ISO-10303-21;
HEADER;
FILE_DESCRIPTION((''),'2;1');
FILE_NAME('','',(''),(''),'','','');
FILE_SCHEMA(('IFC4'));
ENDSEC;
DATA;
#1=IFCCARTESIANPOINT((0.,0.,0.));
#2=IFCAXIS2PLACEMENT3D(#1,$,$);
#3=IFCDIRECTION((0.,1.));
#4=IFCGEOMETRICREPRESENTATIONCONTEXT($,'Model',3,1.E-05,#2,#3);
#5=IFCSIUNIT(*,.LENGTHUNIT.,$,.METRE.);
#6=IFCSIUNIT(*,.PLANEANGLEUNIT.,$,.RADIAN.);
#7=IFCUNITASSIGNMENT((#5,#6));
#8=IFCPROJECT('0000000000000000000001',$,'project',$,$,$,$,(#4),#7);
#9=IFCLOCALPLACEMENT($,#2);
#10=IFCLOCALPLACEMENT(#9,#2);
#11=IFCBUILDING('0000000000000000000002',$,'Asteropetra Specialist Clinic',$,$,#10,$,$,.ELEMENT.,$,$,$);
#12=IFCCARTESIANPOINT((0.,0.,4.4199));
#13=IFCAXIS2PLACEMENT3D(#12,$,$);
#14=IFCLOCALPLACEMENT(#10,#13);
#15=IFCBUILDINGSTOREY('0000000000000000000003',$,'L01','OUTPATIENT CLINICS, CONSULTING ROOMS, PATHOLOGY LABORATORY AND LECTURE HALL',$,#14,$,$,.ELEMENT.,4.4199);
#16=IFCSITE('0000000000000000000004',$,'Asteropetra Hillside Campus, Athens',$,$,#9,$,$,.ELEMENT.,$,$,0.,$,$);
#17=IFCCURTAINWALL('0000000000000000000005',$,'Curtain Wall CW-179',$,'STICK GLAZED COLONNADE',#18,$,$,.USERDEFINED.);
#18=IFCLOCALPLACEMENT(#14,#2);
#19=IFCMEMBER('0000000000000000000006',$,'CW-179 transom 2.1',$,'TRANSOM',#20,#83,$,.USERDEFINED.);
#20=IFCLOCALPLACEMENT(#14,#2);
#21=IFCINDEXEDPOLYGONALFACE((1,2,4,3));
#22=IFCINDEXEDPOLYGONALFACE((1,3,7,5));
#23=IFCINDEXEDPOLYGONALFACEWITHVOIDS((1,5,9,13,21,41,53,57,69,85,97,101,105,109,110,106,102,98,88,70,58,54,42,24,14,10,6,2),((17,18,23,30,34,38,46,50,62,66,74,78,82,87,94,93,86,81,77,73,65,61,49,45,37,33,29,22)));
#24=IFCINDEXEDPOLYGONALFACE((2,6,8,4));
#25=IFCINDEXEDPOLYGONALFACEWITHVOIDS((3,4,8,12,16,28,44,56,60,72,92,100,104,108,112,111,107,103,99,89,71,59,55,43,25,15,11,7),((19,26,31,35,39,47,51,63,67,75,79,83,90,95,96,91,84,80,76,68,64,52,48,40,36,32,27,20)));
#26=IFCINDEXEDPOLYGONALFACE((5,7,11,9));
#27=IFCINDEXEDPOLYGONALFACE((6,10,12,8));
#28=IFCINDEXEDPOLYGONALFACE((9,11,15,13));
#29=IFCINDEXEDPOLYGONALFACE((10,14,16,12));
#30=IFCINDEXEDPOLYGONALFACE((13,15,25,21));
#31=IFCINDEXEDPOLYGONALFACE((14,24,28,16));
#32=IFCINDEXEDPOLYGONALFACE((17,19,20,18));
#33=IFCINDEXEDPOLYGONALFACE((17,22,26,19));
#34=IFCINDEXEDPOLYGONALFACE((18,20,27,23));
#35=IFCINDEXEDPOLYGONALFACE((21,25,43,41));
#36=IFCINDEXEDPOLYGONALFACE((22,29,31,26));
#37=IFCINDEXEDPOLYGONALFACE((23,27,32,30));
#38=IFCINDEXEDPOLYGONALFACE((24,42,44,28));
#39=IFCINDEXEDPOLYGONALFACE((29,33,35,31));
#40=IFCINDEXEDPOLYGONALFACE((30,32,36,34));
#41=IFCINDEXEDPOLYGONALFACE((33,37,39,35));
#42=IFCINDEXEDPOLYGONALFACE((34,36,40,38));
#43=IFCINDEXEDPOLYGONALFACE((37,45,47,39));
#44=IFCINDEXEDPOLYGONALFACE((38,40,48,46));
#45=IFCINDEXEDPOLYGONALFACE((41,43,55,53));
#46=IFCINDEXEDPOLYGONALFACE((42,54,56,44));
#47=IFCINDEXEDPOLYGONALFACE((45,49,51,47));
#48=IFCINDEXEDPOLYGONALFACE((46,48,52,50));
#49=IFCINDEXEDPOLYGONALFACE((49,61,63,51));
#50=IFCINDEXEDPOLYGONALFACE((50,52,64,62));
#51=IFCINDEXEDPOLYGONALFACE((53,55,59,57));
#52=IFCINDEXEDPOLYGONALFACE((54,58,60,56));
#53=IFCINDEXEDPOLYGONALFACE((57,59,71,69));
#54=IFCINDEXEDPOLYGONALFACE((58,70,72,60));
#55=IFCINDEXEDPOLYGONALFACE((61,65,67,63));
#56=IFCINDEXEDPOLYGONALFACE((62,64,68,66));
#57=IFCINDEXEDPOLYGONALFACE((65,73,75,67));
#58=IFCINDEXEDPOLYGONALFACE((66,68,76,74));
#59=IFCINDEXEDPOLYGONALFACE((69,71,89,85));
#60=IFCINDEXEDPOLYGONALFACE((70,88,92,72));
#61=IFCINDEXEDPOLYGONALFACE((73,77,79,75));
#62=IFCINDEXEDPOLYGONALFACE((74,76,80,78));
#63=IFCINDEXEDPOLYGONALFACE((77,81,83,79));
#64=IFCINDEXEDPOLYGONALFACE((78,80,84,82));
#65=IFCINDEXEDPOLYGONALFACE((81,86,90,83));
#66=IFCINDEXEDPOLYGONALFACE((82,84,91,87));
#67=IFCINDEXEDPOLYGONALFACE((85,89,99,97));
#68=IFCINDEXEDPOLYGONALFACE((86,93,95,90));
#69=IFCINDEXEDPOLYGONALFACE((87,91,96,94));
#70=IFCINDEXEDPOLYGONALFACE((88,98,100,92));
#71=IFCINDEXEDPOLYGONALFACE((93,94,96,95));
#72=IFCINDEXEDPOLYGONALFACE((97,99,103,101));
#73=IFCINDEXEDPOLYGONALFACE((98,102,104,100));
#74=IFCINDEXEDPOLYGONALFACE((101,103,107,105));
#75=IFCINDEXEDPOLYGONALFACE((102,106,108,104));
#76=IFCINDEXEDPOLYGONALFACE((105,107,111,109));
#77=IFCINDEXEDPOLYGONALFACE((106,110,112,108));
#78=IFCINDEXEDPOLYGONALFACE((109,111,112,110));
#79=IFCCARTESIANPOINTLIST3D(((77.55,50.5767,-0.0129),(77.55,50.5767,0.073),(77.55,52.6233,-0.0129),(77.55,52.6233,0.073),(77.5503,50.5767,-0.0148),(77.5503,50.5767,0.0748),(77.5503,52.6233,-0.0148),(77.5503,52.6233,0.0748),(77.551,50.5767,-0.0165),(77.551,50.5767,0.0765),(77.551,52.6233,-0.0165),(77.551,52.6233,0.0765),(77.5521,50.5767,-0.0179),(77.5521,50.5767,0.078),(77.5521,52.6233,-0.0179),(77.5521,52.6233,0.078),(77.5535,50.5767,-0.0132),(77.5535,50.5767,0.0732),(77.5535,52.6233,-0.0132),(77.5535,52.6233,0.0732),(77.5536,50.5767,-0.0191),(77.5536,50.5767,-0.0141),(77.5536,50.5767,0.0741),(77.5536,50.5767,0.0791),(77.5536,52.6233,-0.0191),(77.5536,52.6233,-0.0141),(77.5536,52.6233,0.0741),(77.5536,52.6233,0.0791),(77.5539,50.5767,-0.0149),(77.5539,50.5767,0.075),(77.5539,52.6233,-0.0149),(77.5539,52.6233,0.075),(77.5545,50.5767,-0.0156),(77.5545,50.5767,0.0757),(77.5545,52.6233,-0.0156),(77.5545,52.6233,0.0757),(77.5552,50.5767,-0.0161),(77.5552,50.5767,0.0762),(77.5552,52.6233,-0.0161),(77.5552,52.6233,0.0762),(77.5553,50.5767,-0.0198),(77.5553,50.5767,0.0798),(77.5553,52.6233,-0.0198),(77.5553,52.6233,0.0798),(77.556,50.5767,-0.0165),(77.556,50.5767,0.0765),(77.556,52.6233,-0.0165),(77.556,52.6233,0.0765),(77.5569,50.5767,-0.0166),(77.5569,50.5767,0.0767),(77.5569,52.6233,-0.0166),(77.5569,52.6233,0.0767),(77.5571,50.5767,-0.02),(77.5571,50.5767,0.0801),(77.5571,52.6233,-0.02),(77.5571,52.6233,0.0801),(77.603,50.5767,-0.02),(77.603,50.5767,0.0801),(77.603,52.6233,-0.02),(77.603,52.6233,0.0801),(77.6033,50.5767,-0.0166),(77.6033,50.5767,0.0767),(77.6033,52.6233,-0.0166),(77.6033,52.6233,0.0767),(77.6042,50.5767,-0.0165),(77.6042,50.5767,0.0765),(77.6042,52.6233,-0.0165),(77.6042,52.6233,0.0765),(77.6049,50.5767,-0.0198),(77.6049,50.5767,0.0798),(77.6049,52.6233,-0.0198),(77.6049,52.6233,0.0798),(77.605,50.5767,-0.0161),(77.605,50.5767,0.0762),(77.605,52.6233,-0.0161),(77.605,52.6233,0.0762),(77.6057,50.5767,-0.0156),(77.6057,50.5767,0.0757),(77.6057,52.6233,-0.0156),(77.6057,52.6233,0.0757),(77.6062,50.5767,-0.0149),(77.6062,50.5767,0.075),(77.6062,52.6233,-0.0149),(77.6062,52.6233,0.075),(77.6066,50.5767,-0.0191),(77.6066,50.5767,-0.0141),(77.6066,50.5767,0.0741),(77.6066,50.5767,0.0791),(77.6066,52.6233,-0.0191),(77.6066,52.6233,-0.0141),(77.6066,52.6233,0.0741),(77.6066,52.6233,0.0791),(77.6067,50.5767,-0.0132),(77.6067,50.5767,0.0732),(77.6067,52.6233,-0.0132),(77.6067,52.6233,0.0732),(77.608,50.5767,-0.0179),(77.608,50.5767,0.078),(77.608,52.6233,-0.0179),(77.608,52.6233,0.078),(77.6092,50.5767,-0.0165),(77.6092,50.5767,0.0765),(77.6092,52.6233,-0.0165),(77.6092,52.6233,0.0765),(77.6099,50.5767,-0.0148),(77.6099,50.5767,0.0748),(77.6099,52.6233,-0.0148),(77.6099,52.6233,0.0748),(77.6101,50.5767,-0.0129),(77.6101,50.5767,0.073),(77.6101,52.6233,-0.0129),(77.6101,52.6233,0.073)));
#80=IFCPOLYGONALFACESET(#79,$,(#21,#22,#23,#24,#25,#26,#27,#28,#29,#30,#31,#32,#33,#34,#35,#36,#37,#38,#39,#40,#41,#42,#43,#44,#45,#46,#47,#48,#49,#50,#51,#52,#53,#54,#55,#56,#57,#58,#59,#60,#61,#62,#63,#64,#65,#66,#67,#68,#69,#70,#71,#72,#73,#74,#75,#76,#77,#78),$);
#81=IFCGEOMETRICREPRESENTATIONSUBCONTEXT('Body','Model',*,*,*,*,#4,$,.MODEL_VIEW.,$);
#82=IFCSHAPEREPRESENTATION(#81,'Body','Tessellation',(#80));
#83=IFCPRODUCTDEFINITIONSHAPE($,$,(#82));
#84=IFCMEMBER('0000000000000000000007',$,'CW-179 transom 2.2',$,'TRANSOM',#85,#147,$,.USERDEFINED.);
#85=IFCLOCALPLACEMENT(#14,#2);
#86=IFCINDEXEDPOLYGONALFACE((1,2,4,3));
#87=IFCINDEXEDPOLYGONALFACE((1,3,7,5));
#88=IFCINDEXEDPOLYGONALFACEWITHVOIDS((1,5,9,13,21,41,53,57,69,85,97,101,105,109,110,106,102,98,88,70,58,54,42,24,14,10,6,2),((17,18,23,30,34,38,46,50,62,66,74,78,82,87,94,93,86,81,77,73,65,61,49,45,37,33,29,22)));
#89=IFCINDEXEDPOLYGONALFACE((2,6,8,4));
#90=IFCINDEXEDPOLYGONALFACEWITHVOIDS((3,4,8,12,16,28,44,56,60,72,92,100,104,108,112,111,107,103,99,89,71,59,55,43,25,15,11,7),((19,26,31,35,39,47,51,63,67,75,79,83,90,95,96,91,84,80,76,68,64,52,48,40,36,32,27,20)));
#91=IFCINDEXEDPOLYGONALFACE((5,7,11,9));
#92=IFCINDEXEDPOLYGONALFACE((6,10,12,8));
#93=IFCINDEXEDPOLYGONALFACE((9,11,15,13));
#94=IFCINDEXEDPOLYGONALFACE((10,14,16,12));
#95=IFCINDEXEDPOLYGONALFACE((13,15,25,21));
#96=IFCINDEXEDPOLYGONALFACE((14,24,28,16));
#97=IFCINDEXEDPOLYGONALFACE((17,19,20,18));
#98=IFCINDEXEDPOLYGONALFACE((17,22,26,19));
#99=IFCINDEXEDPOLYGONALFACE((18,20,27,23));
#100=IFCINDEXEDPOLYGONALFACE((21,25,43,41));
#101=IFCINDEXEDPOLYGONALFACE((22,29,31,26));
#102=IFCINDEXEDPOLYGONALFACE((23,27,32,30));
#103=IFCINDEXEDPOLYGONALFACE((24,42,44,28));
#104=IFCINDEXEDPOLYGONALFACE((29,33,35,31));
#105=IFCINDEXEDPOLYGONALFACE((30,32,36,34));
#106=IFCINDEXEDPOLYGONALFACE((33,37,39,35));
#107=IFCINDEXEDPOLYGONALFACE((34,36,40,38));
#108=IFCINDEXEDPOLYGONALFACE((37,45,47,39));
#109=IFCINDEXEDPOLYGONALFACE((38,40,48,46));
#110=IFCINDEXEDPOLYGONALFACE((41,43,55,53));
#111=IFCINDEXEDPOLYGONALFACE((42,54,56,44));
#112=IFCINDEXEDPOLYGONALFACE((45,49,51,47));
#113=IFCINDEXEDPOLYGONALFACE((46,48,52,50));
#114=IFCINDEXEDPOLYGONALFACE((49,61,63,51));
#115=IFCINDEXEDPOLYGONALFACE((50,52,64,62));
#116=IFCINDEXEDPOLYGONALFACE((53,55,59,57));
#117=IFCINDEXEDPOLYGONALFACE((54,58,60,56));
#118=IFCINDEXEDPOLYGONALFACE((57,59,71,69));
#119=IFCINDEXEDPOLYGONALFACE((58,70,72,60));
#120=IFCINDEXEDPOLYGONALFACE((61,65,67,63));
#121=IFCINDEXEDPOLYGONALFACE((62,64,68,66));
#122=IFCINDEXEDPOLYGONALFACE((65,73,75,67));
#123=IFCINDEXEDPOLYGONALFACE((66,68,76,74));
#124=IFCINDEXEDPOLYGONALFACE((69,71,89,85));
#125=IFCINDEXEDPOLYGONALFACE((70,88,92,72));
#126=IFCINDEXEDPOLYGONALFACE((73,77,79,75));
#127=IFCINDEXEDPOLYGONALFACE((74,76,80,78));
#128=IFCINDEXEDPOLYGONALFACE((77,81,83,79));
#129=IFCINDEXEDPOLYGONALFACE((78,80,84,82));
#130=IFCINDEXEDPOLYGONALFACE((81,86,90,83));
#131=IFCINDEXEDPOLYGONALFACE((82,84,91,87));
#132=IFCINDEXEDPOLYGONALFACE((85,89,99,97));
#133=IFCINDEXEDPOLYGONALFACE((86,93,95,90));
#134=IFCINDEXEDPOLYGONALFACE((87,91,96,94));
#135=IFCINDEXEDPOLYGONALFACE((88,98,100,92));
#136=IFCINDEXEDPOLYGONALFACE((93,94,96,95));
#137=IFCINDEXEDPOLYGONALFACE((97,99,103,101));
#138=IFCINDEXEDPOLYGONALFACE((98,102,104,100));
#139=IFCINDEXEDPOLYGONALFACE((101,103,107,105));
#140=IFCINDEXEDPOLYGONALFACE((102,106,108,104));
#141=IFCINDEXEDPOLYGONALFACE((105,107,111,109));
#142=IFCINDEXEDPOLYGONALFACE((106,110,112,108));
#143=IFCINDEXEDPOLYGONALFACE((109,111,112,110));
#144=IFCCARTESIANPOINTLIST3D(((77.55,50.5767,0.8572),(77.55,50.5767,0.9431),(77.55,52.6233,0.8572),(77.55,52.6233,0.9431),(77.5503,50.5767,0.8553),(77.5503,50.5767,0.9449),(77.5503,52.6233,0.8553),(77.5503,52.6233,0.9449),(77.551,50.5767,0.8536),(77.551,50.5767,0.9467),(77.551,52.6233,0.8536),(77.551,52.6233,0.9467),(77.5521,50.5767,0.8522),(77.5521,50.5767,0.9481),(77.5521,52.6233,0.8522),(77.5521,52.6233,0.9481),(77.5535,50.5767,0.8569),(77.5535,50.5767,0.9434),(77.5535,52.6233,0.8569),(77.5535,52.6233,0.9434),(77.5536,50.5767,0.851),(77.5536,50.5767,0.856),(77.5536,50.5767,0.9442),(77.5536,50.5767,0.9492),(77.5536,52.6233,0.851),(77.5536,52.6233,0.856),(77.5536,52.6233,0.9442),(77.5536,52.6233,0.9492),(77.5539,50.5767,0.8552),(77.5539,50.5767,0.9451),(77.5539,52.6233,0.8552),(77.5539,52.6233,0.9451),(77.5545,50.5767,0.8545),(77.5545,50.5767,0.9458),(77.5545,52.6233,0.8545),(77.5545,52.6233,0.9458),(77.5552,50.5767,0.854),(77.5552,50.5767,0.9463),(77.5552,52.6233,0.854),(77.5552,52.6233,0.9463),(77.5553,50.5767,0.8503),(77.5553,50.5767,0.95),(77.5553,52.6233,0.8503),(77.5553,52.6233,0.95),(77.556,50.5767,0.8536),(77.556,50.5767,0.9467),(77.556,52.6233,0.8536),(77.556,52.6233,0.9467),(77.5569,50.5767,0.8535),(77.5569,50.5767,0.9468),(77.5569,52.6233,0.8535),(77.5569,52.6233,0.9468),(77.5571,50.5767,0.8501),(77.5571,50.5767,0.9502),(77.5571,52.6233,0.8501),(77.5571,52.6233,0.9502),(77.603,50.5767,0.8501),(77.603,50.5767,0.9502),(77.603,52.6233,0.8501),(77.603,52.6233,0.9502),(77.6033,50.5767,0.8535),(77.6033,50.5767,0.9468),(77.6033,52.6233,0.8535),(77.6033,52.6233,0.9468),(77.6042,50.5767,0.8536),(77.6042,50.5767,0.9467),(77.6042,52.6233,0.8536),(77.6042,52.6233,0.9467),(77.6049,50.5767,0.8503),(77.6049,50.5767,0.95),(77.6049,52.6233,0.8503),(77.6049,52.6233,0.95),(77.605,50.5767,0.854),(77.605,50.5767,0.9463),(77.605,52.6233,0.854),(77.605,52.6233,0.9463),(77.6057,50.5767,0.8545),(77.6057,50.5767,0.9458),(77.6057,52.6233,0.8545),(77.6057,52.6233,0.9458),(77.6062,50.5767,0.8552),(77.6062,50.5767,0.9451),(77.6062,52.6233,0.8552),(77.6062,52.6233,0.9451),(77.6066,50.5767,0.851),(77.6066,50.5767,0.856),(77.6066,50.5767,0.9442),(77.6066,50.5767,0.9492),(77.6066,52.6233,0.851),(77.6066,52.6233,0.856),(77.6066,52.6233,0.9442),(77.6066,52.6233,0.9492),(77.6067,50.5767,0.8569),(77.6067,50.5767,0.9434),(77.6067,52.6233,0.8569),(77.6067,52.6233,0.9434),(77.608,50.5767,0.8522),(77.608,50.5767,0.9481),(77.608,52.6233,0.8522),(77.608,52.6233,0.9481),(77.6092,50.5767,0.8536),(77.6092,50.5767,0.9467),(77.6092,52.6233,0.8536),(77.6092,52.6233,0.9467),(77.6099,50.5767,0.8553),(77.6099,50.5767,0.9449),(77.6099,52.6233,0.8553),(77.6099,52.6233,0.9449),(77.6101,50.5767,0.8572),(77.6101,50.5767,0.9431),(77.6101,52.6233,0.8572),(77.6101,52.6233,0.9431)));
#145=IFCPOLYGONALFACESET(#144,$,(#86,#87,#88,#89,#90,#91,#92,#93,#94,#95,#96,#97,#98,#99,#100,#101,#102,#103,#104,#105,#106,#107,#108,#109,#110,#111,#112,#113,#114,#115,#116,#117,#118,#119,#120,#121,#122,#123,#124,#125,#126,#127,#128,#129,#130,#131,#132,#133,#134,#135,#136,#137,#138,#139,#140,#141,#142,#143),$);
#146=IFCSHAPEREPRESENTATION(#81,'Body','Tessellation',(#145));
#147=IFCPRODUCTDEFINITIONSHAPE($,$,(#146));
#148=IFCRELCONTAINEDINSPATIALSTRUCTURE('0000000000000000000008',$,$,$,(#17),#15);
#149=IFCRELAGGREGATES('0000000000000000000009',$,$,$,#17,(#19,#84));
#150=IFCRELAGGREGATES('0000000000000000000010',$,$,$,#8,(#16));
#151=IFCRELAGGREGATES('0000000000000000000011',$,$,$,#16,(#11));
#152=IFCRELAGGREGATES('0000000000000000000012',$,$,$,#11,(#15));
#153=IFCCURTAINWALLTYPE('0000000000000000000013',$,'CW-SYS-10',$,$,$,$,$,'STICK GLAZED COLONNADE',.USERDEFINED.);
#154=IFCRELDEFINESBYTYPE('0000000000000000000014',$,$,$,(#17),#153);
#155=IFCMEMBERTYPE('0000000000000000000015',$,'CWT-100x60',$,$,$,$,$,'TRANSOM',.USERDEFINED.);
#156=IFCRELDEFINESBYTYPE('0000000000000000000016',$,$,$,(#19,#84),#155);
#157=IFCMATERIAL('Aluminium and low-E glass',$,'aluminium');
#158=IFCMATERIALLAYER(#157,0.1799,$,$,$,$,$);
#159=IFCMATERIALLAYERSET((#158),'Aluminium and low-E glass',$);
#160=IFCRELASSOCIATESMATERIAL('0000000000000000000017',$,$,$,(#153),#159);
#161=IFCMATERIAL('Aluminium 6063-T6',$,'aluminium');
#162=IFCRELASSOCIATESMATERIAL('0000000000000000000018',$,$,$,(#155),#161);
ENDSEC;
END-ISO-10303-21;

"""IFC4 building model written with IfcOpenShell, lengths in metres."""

from ifc_helpers import new_model, si_unit, direction, frame, origin, origin_2d, place, context, subcontext, project, spatial, hollow_rectangle, extrude, material, layer, layer_set, material_profile, profile_set, type_object, element, aggregate, save


model = new_model("IFC4")

# Units and contexts
model_context = context("Model", 3, precision=1e-05, world=origin(), true_north=direction((0.0, 1.0)))
body_context = subcontext(model_context, "Body", "Model", "MODEL_VIEW")
ifc_project = project(units=[si_unit("LENGTHUNIT", "METRE"), si_unit("PLANEANGLEUNIT", "RADIAN")], contexts=[model_context])

# Site, building, storey
site_placement = place(None, origin())
site = spatial("IfcSite", under=ifc_project, at=site_placement, Name="Asteropetra Hillside Campus, Athens", CompositionType="ELEMENT", RefElevation=0.0)
building_placement = place(site_placement, origin())
building = spatial("IfcBuilding", under=site, at=building_placement, Name="Asteropetra Specialist Clinic", CompositionType="ELEMENT")
storey_placement = place(building_placement, frame((0.0, 0.0, 4.4199)))
storey = spatial("IfcBuildingStorey", under=building, at=storey_placement, Name="L01", Description="OUTPATIENT CLINICS, CONSULTING ROOMS, PATHOLOGY LABORATORY AND LECTURE HALL", CompositionType="ELEMENT", Elevation=4.4199)

# Curtain wall, members
ifc_material_1 = material(Name="Aluminium and low-E glass", Category="aluminium")
ifc_layer_1 = layer(ifc_material_1, 0.1799)
ifc_layer_set_1 = layer_set([ifc_layer_1], Name="Aluminium and low-E glass")
curtain_wall_type = type_object("IfcCurtainWallType", Name="CW-SYS-10", ElementType="STICK GLAZED COLONNADE", PredefinedType="USERDEFINED", material=ifc_layer_set_1)
curtain_wall_placement = place(storey_placement, origin())
curtain_wall = element("IfcCurtainWall", 1, at=curtain_wall_placement, inside=storey, type_object=curtain_wall_type, Name="Curtain Wall CW-179", ObjectType="STICK GLAZED COLONNADE", PredefinedType="USERDEFINED")
ifc_material_2 = material(Name="Aluminium 6063-T6", Category="aluminium")
ifc_material_profile_1 = material_profile(ifc_material_2, hollow_rectangle(XDim=0.0601, YDim=0.1001, WallThickness=0.0034, InnerFilletRadius=0.0034, OuterFilletRadius=0.0071, at=origin_2d()), Name="TRN 100x60x3.5")
ifc_profile_set_1 = profile_set([ifc_material_profile_1], Name="Aluminium 6063-T6")
member_type_1 = type_object("IfcMemberType", Name="CWT-100x60", ElementType="TRANSOM", PredefinedType="USERDEFINED", material=ifc_profile_set_1)
member_1_placement = place(storey_placement, frame((77.5801, 52.6233, 0.03), z_axis=(0.0, -1.0, 0.0), x_axis=(1.0, 0.0, 0.0)))
member_1 = element("IfcMember", 2, at=member_1_placement, type_object=member_type_1, Name="CW-179 transom 2.1", ObjectType="TRANSOM", PredefinedType="USERDEFINED", context=body_context, shape_type="SweptSolid", body=[
    extrude(hollow_rectangle(XDim=0.0601, YDim=0.1001, WallThickness=0.0034, InnerFilletRadius=0.0034, OuterFilletRadius=0.0071, at=origin_2d()), origin(), (0.0, 0.0, 1.0), 2.0466),
])
member_2_placement = place(storey_placement, frame((77.5801, 52.6233, 0.9001), z_axis=(0.0, -1.0, 0.0), x_axis=(1.0, 0.0, 0.0)))
member_2 = element("IfcMember", 3, at=member_2_placement, type_object=member_type_1, Name="CW-179 transom 2.2", ObjectType="TRANSOM", PredefinedType="USERDEFINED", context=body_context, shape_type="SweptSolid", body=[
    extrude(hollow_rectangle(XDim=0.0601, YDim=0.1001, WallThickness=0.0034, InnerFilletRadius=0.0034, OuterFilletRadius=0.0071, at=origin_2d()), origin(), (0.0, 0.0, 1.0), 2.0466),
])

aggregate(curtain_wall, [member_1, member_2])

save(model, "model.ifc")
